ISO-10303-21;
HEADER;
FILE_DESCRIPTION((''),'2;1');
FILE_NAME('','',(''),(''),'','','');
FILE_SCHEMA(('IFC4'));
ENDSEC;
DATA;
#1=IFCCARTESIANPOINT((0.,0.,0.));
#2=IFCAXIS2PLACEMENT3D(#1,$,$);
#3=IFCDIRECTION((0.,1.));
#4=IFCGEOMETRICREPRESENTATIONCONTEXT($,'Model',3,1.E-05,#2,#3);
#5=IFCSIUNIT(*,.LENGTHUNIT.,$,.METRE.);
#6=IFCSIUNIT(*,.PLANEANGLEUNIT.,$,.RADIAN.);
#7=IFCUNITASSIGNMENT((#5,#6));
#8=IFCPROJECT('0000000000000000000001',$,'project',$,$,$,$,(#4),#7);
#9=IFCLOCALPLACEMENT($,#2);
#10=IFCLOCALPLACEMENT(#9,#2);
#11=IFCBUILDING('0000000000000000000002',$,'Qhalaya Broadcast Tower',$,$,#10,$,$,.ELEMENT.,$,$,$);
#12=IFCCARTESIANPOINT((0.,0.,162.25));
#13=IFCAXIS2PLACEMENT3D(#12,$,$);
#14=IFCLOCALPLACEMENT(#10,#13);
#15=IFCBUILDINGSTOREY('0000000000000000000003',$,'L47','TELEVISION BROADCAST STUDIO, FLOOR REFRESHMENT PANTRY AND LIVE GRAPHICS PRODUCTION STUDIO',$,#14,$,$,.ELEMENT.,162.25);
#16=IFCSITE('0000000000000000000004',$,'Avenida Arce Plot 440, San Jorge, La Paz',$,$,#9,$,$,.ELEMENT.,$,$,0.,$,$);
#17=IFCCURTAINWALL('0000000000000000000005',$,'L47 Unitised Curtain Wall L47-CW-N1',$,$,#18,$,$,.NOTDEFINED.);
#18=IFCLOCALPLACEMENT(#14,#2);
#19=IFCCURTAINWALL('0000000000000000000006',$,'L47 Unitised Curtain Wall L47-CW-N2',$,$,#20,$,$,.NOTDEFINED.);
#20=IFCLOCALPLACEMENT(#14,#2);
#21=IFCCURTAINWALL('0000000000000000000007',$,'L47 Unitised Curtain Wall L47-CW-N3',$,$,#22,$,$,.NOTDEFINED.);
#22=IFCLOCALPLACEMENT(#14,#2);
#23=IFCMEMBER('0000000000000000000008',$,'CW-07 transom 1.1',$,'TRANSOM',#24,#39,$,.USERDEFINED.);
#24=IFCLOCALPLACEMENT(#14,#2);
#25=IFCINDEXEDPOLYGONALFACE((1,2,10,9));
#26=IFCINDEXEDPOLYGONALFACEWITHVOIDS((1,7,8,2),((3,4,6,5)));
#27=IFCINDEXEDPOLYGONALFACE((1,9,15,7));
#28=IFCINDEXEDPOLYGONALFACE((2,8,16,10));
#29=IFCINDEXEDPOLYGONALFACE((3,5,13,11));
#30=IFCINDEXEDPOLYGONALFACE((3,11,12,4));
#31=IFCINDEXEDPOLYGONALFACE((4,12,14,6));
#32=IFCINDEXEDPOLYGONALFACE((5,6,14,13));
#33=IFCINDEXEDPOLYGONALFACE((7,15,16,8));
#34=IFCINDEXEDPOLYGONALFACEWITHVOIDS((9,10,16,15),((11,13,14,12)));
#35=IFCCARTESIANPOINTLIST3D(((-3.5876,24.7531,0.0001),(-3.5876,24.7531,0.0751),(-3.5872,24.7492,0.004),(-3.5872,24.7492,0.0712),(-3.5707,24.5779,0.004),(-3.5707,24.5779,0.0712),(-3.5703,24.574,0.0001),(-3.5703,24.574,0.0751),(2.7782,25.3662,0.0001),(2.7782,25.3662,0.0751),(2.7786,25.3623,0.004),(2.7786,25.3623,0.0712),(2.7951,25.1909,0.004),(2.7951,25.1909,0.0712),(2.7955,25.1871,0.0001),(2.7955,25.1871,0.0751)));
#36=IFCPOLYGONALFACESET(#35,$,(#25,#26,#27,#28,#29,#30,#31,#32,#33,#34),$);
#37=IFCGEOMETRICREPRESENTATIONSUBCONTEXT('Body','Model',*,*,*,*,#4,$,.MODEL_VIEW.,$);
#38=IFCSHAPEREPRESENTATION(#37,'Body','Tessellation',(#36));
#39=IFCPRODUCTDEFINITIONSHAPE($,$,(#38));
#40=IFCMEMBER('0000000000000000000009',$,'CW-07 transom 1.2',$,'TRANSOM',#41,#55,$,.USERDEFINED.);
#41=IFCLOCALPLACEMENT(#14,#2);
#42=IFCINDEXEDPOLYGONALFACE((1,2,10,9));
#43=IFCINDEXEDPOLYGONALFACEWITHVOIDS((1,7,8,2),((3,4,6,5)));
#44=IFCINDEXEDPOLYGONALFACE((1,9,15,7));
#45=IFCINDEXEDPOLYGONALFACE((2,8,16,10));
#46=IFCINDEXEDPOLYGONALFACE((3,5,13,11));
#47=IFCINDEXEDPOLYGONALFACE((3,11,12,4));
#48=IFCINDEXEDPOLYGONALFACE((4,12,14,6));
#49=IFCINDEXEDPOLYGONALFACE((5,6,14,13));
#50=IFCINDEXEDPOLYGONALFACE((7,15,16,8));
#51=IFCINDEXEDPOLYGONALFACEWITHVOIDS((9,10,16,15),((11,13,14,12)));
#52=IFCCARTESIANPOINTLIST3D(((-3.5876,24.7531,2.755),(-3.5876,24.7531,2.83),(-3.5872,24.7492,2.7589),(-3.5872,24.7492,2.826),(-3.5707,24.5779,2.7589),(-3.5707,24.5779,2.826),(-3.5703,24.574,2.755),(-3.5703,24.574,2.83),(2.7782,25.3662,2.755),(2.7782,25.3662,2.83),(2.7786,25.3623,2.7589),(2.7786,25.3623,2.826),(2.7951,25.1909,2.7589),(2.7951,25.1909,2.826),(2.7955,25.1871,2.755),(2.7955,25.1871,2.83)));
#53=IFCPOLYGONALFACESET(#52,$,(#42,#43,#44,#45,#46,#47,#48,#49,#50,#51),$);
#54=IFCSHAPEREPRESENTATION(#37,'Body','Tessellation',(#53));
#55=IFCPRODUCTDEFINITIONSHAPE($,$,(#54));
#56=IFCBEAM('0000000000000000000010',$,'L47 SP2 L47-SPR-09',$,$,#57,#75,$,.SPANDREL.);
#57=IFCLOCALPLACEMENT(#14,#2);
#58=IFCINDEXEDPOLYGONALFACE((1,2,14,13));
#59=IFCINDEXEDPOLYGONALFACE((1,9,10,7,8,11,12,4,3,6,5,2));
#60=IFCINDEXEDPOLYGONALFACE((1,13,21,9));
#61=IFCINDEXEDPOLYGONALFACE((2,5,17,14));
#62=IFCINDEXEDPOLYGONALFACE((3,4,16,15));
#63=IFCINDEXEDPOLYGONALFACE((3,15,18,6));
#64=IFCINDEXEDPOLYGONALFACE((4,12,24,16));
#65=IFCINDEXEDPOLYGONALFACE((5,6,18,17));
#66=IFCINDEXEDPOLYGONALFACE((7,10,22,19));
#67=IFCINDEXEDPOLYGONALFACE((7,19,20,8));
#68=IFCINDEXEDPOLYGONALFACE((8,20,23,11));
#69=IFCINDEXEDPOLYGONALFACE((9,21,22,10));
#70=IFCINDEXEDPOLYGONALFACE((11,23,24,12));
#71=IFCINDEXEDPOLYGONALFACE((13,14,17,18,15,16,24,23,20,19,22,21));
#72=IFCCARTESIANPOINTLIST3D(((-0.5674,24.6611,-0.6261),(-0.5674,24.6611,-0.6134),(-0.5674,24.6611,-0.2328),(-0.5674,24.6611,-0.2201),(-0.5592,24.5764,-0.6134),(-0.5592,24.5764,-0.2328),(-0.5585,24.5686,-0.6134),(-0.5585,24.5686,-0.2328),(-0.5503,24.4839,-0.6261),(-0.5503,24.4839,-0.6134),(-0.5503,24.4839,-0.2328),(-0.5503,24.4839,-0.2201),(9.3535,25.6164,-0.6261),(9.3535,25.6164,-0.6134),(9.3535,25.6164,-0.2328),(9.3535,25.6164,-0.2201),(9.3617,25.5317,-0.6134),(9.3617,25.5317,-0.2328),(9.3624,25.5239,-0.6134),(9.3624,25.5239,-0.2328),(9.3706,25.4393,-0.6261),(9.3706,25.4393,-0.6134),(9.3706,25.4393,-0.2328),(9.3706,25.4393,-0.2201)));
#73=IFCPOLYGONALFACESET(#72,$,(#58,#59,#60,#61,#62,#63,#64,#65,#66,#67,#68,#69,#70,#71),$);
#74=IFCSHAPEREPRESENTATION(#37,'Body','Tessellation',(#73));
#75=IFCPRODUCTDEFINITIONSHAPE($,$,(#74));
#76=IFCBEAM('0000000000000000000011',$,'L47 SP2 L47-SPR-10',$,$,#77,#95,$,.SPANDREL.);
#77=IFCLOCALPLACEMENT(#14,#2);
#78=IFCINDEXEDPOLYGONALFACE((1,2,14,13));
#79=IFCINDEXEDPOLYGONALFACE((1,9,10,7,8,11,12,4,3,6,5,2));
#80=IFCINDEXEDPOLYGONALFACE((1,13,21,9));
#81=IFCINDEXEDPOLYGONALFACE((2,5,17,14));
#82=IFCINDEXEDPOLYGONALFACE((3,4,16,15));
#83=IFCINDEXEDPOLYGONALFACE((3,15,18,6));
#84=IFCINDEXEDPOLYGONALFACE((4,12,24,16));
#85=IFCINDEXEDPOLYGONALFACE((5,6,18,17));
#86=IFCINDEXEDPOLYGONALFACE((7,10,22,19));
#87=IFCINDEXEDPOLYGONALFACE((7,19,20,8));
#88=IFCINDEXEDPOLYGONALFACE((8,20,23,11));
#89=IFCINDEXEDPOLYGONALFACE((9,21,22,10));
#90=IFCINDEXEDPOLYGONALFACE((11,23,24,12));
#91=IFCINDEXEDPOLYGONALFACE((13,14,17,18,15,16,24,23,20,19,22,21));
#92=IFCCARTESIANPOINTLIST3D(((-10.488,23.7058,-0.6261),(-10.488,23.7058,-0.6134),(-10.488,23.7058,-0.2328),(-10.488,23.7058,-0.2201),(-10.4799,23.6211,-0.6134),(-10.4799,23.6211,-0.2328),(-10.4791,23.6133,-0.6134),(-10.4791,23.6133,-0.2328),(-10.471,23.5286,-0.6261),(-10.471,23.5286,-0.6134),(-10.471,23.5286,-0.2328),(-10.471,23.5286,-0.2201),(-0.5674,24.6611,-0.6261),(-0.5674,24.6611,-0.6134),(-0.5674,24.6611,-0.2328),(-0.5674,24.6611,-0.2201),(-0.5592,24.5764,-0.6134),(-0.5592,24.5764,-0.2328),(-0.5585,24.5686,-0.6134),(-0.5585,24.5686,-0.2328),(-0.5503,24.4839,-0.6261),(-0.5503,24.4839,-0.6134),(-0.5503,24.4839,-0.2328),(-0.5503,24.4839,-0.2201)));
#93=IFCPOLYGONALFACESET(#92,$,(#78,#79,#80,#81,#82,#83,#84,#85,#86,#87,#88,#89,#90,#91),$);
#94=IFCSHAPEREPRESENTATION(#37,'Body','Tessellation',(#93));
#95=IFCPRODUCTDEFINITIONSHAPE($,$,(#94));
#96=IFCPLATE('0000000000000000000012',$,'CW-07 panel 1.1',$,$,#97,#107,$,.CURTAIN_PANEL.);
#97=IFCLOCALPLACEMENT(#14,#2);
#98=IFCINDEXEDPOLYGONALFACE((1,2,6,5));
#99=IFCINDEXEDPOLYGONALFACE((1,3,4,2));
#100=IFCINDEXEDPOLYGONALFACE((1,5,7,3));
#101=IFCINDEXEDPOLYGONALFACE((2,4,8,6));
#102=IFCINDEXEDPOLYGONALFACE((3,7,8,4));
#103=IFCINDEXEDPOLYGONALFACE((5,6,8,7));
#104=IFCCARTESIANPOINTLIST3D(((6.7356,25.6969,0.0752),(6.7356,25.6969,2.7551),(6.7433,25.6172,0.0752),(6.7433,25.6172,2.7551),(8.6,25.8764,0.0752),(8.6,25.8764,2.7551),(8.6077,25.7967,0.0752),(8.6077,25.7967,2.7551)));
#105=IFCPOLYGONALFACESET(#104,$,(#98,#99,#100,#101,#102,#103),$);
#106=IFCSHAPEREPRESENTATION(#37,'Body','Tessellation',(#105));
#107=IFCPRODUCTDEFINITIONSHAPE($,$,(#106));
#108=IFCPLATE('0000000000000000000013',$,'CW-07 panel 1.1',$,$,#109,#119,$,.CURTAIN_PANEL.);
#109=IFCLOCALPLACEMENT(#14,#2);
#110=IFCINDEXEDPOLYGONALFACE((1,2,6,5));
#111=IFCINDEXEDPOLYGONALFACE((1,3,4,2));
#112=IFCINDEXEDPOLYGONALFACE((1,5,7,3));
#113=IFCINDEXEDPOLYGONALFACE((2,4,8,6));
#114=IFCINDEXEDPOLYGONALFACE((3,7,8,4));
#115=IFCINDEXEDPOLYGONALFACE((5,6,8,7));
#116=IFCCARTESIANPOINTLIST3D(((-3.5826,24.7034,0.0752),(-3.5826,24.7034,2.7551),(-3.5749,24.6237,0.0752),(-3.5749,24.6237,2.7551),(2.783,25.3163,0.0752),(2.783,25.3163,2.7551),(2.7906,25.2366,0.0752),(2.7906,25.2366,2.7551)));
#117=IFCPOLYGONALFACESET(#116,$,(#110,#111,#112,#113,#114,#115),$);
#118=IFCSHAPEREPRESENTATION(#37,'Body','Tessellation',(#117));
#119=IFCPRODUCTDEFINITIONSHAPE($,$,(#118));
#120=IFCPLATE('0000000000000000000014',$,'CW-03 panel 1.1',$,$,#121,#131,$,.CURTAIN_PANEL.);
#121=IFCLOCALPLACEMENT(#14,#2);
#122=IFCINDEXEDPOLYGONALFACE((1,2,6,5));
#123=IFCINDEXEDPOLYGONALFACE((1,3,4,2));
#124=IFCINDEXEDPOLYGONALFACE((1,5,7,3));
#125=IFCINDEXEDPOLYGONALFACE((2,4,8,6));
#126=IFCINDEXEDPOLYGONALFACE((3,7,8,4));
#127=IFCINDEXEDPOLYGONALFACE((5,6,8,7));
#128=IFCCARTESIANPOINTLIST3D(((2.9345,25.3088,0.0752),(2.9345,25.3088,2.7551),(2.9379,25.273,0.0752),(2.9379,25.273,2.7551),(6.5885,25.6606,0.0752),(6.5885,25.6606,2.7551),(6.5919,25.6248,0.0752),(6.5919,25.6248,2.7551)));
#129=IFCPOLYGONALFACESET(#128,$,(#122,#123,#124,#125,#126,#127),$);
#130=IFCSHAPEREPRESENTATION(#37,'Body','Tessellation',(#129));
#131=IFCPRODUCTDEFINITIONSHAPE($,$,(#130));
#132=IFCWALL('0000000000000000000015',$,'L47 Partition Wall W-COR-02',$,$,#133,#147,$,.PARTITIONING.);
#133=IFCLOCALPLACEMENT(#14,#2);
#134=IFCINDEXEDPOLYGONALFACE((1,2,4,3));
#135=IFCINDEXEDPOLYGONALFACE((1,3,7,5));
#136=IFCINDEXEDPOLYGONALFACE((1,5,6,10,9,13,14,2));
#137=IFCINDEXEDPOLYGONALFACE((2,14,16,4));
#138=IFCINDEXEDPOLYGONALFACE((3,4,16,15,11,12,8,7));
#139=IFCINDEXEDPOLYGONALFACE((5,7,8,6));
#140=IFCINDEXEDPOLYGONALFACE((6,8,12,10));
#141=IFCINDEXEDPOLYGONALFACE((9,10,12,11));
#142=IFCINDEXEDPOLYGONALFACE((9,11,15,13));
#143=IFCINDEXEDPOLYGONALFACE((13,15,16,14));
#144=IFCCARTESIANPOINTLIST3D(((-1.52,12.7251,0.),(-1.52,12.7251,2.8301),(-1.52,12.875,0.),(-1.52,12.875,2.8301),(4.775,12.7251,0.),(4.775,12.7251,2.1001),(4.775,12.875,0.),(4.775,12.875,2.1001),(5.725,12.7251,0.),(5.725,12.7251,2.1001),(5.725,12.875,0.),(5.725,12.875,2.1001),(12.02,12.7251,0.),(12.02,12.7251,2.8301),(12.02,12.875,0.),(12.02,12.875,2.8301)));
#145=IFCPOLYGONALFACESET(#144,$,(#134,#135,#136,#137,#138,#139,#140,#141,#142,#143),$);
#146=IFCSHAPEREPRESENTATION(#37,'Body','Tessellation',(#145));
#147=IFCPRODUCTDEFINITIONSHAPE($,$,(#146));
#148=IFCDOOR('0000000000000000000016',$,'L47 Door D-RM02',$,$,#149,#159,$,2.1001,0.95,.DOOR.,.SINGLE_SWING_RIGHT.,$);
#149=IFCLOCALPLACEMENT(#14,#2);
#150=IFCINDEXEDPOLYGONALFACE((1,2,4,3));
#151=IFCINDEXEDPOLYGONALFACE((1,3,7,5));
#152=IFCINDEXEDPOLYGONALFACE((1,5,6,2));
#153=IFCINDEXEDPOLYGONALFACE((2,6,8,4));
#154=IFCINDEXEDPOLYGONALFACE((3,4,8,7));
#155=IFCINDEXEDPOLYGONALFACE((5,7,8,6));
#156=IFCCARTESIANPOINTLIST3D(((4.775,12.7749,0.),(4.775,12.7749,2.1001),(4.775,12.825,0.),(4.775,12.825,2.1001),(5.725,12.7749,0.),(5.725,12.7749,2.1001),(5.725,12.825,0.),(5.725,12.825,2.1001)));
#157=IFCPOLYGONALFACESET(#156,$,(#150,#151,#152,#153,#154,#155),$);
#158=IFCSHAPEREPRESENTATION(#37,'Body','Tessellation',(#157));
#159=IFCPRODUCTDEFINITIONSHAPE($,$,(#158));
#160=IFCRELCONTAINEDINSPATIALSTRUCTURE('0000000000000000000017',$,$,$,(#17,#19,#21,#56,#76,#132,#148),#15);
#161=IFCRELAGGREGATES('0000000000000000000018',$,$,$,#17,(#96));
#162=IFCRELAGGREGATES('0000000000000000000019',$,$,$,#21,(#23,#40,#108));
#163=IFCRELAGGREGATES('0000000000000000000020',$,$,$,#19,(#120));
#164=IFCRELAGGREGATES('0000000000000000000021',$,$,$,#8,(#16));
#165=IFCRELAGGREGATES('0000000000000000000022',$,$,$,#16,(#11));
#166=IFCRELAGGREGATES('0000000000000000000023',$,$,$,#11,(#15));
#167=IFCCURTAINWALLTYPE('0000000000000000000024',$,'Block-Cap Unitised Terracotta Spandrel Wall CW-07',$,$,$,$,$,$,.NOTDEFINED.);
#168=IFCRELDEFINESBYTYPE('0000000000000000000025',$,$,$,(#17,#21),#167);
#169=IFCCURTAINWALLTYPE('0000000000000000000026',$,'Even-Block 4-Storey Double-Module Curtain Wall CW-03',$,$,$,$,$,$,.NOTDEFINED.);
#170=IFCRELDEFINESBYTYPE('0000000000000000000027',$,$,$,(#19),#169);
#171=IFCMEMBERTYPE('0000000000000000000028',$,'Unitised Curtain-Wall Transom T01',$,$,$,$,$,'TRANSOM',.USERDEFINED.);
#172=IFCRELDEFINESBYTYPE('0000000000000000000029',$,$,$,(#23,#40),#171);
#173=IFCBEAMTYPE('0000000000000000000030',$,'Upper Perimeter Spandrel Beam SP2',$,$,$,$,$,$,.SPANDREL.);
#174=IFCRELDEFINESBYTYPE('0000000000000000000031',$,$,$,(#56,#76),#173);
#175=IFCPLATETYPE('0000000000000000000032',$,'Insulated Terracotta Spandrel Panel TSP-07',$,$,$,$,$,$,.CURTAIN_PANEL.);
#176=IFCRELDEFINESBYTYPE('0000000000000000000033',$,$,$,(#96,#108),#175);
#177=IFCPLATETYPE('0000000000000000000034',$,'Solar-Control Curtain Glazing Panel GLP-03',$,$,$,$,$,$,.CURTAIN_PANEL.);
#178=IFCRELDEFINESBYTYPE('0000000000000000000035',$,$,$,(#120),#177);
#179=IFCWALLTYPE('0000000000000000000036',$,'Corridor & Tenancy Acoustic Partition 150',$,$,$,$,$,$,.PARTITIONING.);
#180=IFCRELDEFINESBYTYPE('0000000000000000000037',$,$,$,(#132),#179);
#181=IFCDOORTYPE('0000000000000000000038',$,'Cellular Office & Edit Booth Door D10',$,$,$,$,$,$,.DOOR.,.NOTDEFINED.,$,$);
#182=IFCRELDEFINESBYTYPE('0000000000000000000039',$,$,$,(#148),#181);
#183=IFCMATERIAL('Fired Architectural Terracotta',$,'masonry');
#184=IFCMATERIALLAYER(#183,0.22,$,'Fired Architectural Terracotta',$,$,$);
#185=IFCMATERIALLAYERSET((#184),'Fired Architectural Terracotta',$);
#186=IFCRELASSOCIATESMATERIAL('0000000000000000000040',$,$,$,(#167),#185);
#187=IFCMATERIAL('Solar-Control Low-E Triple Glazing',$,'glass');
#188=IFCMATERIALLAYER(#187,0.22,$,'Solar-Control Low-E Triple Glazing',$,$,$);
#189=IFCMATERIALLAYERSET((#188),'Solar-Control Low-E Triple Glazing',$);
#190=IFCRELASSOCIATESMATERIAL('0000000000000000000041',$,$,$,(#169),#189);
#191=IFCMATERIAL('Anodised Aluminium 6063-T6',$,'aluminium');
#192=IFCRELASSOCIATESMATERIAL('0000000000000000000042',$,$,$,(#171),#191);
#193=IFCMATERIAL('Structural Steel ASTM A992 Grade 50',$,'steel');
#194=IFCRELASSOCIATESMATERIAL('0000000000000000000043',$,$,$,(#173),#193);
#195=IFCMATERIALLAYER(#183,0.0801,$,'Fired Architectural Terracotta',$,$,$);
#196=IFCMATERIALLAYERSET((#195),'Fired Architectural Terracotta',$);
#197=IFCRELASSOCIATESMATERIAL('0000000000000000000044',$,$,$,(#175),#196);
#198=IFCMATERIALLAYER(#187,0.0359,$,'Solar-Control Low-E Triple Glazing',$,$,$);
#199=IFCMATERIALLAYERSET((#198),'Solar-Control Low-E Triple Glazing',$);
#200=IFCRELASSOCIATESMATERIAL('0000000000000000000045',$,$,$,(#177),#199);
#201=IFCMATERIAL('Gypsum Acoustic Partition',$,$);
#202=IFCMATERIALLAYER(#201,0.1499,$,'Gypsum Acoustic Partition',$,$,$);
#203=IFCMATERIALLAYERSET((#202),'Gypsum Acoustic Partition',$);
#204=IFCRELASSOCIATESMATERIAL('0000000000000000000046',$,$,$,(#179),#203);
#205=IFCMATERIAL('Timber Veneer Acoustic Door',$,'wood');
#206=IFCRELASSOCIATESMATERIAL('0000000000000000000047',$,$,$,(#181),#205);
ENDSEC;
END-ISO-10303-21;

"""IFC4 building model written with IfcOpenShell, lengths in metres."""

from ifc_helpers import new_model, si_unit, direction, frame, frame_2d, origin, origin_2d, place, context, subcontext, project, spatial, rectangle, hollow_rectangle, i_section, extrude, material, layer, layer_set, material_profile, profile_set, type_object, element, fill, aggregate, save


model = new_model("IFC4")

# Units and contexts
model_context = context("Model", 3, precision=1e-05, world=origin(), true_north=direction((0.0, 1.0)))
body_context = subcontext(model_context, "Body", "Model", "MODEL_VIEW")
ifc_project = project(units=[si_unit("LENGTHUNIT", "METRE"), si_unit("PLANEANGLEUNIT", "RADIAN")], contexts=[model_context])

# Site, building, storey
site_placement = place(None, origin())
site = spatial("IfcSite", under=ifc_project, at=site_placement, Name="Avenida Arce Plot 440, San Jorge, La Paz", CompositionType="ELEMENT", RefElevation=0.0)
building_placement = place(site_placement, origin())
building = spatial("IfcBuilding", under=site, at=building_placement, Name="Qhalaya Broadcast Tower", CompositionType="ELEMENT")
storey_placement = place(building_placement, frame((0.0, 0.0, 162.25)))
storey = spatial("IfcBuildingStorey", under=building, at=storey_placement, Name="L47", Description="TELEVISION BROADCAST STUDIO, FLOOR REFRESHMENT PANTRY AND LIVE GRAPHICS PRODUCTION STUDIO", CompositionType="ELEMENT", Elevation=162.25)

# Curtain walls
ifc_material_1 = material(Name="Fired Architectural Terracotta", Category="masonry")
ifc_layer_1 = layer(ifc_material_1, 0.22, Name="Fired Architectural Terracotta")
ifc_layer_set_1 = layer_set([ifc_layer_1], Name="Fired Architectural Terracotta")
curtain_wall_type_1 = type_object("IfcCurtainWallType", Name="Block-Cap Unitised Terracotta Spandrel Wall CW-07", PredefinedType="NOTDEFINED", material=ifc_layer_set_1)
curtain_wall_1_placement = place(storey_placement, origin())
curtain_wall_1 = element("IfcCurtainWall", 1, at=curtain_wall_1_placement, inside=storey, type_object=curtain_wall_type_1, Name="L47 Unitised Curtain Wall L47-CW-N1", PredefinedType="NOTDEFINED")
ifc_material_2 = material(Name="Anodised Aluminium 6063-T6", Category="aluminium")
ifc_material_3 = material(Name="Solar-Control Low-E Triple Glazing", Category="glass")
ifc_layer_2 = layer(ifc_material_3, 0.22, Name="Solar-Control Low-E Triple Glazing")
ifc_layer_set_2 = layer_set([ifc_layer_2], Name="Solar-Control Low-E Triple Glazing")
curtain_wall_type_2 = type_object("IfcCurtainWallType", Name="Even-Block 4-Storey Double-Module Curtain Wall CW-03", PredefinedType="NOTDEFINED", material=ifc_layer_set_2)
curtain_wall_2_placement = place(storey_placement, origin())
curtain_wall_2 = element("IfcCurtainWall", 2, at=curtain_wall_2_placement, inside=storey, type_object=curtain_wall_type_2, Name="L47 Unitised Curtain Wall L47-CW-N2", PredefinedType="NOTDEFINED")

# Curtain wall
curtain_wall_3_placement = place(storey_placement, origin())
curtain_wall_3 = element("IfcCurtainWall", 3, at=curtain_wall_3_placement, inside=storey, type_object=curtain_wall_type_1, Name="L47 Unitised Curtain Wall L47-CW-N3", PredefinedType="NOTDEFINED")

# Members
ifc_material_profile_1 = material_profile(ifc_material_2, hollow_rectangle(XDim=0.075, YDim=0.1799, WallThickness=0.0039, at=origin_2d()), Name="ALU-TRN 75x180x4")
ifc_profile_set_1 = profile_set([ifc_material_profile_1], Name="Anodised Aluminium 6063-T6")
member_type_1 = type_object("IfcMemberType", Name="Unitised Curtain-Wall Transom T01", ElementType="TRANSOM", PredefinedType="USERDEFINED", material=ifc_profile_set_1)
member_1_placement = place(storey_placement, frame((2.7869, 25.2766, 0.0376), z_axis=(-0.995395, -0.095859, 0.0), x_axis=(0.0, 0.0, 1.0)))
member_1 = element("IfcMember", 4, at=member_1_placement, type_object=member_type_1, Name="CW-07 transom 1.1", ObjectType="TRANSOM", PredefinedType="USERDEFINED", context=body_context, shape_type="SweptSolid", body=[
    extrude(hollow_rectangle(XDim=0.075, YDim=0.1799, WallThickness=0.0039, at=origin_2d()), origin(), (0.0, 0.0, 1.0), 6.3953),
])
member_2_placement = place(storey_placement, frame((2.7869, 25.2766, 2.7925), z_axis=(-0.995395, -0.095859, 0.0), x_axis=(0.0, 0.0, 1.0)))
member_2 = element("IfcMember", 5, at=member_2_placement, type_object=member_type_1, Name="CW-07 transom 1.2", ObjectType="TRANSOM", PredefinedType="USERDEFINED", context=body_context, shape_type="SweptSolid", body=[
    extrude(hollow_rectangle(XDim=0.075, YDim=0.1799, WallThickness=0.0039, at=origin_2d()), origin(), (0.0, 0.0, 1.0), 6.3953),
])

# Beams
ifc_material_4 = material(Name="Structural Steel ASTM A992 Grade 50", Category="steel")
ifc_material_profile_2 = material_profile(ifc_material_4, i_section(OverallWidth=0.178, OverallDepth=0.406, WebThickness=0.0078, FlangeThickness=0.0127, at=origin_2d()), Name="W16X40")
ifc_profile_set_2 = profile_set([ifc_material_profile_2], Name="Structural Steel ASTM A992 Grade 50")
beam_type = type_object("IfcBeamType", Name="Upper Perimeter Spandrel Beam SP2", PredefinedType="SPANDREL", material=ifc_profile_set_2)
beam_1_placement = place(storey_placement, frame((9.3621, 25.5278, -0.4231), z_axis=(-0.995396, -0.095851, 0.0), x_axis=(0.095851, -0.995396, 0.0)))
element("IfcBeam", 6, at=beam_1_placement, inside=storey, type_object=beam_type, Name="L47 SP2 L47-SPR-09", PredefinedType="SPANDREL", context=body_context, shape_type="SweptSolid", body=[
    extrude(i_section(OverallWidth=0.178, OverallDepth=0.406, WebThickness=0.0078, FlangeThickness=0.0127, at=origin_2d()), origin(), (0.0, 0.0, 1.0), 9.9668),
])
beam_2_placement = place(storey_placement, frame((-0.5588, 24.5725, -0.4231), z_axis=(-0.995396, -0.095853, 0.0), x_axis=(0.095853, -0.995396, 0.0)))
element("IfcBeam", 7, at=beam_2_placement, inside=storey, type_object=beam_type, Name="L47 SP2 L47-SPR-10", PredefinedType="SPANDREL", context=body_context, shape_type="SweptSolid", body=[
    extrude(i_section(OverallWidth=0.178, OverallDepth=0.406, WebThickness=0.0078, FlangeThickness=0.0127, at=origin_2d()), origin(), (0.0, 0.0, 1.0), 9.9666),
])

# Plates
ifc_layer_3 = layer(ifc_material_1, 0.0801, Name="Fired Architectural Terracotta")
ifc_layer_set_3 = layer_set([ifc_layer_3], Name="Fired Architectural Terracotta")
plate_type_1 = type_object("IfcPlateType", Name="Insulated Terracotta Spandrel Panel TSP-07", PredefinedType="CURTAIN_PANEL", material=ifc_layer_set_3)
plate_1_placement = place(storey_placement, frame((7.6716, 25.7468, 0.0752), z_axis=(0.0, 0.0, 1.0), x_axis=(-0.995396, -0.095847, 0.0)))
plate_1 = element("IfcPlate", 8, at=plate_1_placement, type_object=plate_type_1, Name="CW-07 panel 1.1", PredefinedType="CURTAIN_PANEL", context=body_context, shape_type="SweptSolid", body=[
    extrude(rectangle(XDim=1.873, YDim=0.0801, at=origin_2d()), origin(), (0.0, 0.0, 1.0), 2.6799),
])
aggregate(curtain_wall_1, [plate_1])
plate_2_placement = place(storey_placement, frame((-0.396, 24.97, 0.0752), z_axis=(0.0, 0.0, 1.0), x_axis=(-0.995396, -0.095844, 0.0)))
plate_2 = element("IfcPlate", 9, at=plate_2_placement, type_object=plate_type_1, Name="CW-07 panel 1.1", PredefinedType="CURTAIN_PANEL", context=body_context, shape_type="SweptSolid", body=[
    extrude(rectangle(XDim=6.395, YDim=0.0801, at=origin_2d()), origin(), (0.0, 0.0, 1.0), 2.6799),
])
aggregate(curtain_wall_3, [member_1, member_2, plate_2])
ifc_layer_4 = layer(ifc_material_3, 0.0359, Name="Solar-Control Low-E Triple Glazing")
ifc_layer_set_4 = layer_set([ifc_layer_4], Name="Solar-Control Low-E Triple Glazing")
plate_type_2 = type_object("IfcPlateType", Name="Solar-Control Curtain Glazing Panel GLP-03", PredefinedType="CURTAIN_PANEL", material=ifc_layer_set_4)
plate_3_placement = place(storey_placement, frame((4.7632, 25.4668, 0.0752), z_axis=(0.0, 0.0, 1.0), x_axis=(-0.995397, -0.095839, 0.0)))
plate_3 = element("IfcPlate", 10, at=plate_3_placement, type_object=plate_type_2, Name="CW-03 panel 1.1", PredefinedType="CURTAIN_PANEL", context=body_context, shape_type="SweptSolid", body=[
    extrude(rectangle(XDim=3.6709, YDim=0.0359, at=origin_2d()), origin(), (0.0, 0.0, 1.0), 2.6799),
])
aggregate(curtain_wall_2, [plate_3])

# Wall, opening, door
ifc_material_5 = material(Name="Gypsum Acoustic Partition")
ifc_layer_5 = layer(ifc_material_5, 0.1499, Name="Gypsum Acoustic Partition")
ifc_layer_set_5 = layer_set([ifc_layer_5], Name="Gypsum Acoustic Partition")
wall_type = type_object("IfcWallType", Name="Corridor & Tenancy Acoustic Partition 150", PredefinedType="PARTITIONING", material=ifc_layer_set_5)
wall_placement = place(storey_placement, frame((-1.52, 12.8, 0.0), z_axis=(0.0, 0.0, 1.0), x_axis=(1.0, 0.0, 0.0)))
wall = element("IfcWall", 11, at=wall_placement, inside=storey, type_object=wall_type, Name="L47 Partition Wall W-COR-02", PredefinedType="PARTITIONING", context=body_context, shape_type="SweptSolid", body=[
    extrude(rectangle(XDim=13.54, YDim=0.1499, at=frame_2d((6.77, 0.0))), origin(), (0.0, 0.0, 1.0), 2.8301),
])
opening_placement = place(wall_placement, frame((6.2949, 0.0, 0.0)))
opening = element("IfcOpeningElement", 12, at=opening_placement, cuts=wall, PredefinedType="OPENING", context=body_context, shape_type="SweptSolid", body=[
    extrude(rectangle(XDim=0.95, YDim=2.1001, at=frame_2d((0.4751, 1.05))), frame((0.0, 0.0869, 0.0), z_axis=(0.0, -1.0, 0.0), x_axis=(1.0, 0.0, 0.0)), (0.0, 0.0, 1.0), 0.1738),
])
ifc_material_6 = material(Name="Timber Veneer Acoustic Door", Category="wood")
door_type = type_object("IfcDoorType", Name="Cellular Office & Edit Booth Door D10", OperationType="NOTDEFINED", PredefinedType="DOOR", material=ifc_material_6)
door_placement = place(opening_placement, origin())
door = element("IfcDoor", 13, at=door_placement, inside=storey, type_object=door_type, Name="L47 Door D-RM02", OperationType="SINGLE_SWING_RIGHT", OverallHeight=2.1001, OverallWidth=0.95, PredefinedType="DOOR", context=body_context, shape_type="SweptSolid", body=[
    extrude(rectangle(XDim=0.95, YDim=2.1001, at=frame_2d((0.4751, 1.05))), frame((0.0, 0.0249, 0.0), z_axis=(0.0, -1.0, 0.0), x_axis=(1.0, 0.0, 0.0)), (0.0, 0.0, 1.0), 0.05),
])
fill(opening, door)

save(model, "model.ifc")
